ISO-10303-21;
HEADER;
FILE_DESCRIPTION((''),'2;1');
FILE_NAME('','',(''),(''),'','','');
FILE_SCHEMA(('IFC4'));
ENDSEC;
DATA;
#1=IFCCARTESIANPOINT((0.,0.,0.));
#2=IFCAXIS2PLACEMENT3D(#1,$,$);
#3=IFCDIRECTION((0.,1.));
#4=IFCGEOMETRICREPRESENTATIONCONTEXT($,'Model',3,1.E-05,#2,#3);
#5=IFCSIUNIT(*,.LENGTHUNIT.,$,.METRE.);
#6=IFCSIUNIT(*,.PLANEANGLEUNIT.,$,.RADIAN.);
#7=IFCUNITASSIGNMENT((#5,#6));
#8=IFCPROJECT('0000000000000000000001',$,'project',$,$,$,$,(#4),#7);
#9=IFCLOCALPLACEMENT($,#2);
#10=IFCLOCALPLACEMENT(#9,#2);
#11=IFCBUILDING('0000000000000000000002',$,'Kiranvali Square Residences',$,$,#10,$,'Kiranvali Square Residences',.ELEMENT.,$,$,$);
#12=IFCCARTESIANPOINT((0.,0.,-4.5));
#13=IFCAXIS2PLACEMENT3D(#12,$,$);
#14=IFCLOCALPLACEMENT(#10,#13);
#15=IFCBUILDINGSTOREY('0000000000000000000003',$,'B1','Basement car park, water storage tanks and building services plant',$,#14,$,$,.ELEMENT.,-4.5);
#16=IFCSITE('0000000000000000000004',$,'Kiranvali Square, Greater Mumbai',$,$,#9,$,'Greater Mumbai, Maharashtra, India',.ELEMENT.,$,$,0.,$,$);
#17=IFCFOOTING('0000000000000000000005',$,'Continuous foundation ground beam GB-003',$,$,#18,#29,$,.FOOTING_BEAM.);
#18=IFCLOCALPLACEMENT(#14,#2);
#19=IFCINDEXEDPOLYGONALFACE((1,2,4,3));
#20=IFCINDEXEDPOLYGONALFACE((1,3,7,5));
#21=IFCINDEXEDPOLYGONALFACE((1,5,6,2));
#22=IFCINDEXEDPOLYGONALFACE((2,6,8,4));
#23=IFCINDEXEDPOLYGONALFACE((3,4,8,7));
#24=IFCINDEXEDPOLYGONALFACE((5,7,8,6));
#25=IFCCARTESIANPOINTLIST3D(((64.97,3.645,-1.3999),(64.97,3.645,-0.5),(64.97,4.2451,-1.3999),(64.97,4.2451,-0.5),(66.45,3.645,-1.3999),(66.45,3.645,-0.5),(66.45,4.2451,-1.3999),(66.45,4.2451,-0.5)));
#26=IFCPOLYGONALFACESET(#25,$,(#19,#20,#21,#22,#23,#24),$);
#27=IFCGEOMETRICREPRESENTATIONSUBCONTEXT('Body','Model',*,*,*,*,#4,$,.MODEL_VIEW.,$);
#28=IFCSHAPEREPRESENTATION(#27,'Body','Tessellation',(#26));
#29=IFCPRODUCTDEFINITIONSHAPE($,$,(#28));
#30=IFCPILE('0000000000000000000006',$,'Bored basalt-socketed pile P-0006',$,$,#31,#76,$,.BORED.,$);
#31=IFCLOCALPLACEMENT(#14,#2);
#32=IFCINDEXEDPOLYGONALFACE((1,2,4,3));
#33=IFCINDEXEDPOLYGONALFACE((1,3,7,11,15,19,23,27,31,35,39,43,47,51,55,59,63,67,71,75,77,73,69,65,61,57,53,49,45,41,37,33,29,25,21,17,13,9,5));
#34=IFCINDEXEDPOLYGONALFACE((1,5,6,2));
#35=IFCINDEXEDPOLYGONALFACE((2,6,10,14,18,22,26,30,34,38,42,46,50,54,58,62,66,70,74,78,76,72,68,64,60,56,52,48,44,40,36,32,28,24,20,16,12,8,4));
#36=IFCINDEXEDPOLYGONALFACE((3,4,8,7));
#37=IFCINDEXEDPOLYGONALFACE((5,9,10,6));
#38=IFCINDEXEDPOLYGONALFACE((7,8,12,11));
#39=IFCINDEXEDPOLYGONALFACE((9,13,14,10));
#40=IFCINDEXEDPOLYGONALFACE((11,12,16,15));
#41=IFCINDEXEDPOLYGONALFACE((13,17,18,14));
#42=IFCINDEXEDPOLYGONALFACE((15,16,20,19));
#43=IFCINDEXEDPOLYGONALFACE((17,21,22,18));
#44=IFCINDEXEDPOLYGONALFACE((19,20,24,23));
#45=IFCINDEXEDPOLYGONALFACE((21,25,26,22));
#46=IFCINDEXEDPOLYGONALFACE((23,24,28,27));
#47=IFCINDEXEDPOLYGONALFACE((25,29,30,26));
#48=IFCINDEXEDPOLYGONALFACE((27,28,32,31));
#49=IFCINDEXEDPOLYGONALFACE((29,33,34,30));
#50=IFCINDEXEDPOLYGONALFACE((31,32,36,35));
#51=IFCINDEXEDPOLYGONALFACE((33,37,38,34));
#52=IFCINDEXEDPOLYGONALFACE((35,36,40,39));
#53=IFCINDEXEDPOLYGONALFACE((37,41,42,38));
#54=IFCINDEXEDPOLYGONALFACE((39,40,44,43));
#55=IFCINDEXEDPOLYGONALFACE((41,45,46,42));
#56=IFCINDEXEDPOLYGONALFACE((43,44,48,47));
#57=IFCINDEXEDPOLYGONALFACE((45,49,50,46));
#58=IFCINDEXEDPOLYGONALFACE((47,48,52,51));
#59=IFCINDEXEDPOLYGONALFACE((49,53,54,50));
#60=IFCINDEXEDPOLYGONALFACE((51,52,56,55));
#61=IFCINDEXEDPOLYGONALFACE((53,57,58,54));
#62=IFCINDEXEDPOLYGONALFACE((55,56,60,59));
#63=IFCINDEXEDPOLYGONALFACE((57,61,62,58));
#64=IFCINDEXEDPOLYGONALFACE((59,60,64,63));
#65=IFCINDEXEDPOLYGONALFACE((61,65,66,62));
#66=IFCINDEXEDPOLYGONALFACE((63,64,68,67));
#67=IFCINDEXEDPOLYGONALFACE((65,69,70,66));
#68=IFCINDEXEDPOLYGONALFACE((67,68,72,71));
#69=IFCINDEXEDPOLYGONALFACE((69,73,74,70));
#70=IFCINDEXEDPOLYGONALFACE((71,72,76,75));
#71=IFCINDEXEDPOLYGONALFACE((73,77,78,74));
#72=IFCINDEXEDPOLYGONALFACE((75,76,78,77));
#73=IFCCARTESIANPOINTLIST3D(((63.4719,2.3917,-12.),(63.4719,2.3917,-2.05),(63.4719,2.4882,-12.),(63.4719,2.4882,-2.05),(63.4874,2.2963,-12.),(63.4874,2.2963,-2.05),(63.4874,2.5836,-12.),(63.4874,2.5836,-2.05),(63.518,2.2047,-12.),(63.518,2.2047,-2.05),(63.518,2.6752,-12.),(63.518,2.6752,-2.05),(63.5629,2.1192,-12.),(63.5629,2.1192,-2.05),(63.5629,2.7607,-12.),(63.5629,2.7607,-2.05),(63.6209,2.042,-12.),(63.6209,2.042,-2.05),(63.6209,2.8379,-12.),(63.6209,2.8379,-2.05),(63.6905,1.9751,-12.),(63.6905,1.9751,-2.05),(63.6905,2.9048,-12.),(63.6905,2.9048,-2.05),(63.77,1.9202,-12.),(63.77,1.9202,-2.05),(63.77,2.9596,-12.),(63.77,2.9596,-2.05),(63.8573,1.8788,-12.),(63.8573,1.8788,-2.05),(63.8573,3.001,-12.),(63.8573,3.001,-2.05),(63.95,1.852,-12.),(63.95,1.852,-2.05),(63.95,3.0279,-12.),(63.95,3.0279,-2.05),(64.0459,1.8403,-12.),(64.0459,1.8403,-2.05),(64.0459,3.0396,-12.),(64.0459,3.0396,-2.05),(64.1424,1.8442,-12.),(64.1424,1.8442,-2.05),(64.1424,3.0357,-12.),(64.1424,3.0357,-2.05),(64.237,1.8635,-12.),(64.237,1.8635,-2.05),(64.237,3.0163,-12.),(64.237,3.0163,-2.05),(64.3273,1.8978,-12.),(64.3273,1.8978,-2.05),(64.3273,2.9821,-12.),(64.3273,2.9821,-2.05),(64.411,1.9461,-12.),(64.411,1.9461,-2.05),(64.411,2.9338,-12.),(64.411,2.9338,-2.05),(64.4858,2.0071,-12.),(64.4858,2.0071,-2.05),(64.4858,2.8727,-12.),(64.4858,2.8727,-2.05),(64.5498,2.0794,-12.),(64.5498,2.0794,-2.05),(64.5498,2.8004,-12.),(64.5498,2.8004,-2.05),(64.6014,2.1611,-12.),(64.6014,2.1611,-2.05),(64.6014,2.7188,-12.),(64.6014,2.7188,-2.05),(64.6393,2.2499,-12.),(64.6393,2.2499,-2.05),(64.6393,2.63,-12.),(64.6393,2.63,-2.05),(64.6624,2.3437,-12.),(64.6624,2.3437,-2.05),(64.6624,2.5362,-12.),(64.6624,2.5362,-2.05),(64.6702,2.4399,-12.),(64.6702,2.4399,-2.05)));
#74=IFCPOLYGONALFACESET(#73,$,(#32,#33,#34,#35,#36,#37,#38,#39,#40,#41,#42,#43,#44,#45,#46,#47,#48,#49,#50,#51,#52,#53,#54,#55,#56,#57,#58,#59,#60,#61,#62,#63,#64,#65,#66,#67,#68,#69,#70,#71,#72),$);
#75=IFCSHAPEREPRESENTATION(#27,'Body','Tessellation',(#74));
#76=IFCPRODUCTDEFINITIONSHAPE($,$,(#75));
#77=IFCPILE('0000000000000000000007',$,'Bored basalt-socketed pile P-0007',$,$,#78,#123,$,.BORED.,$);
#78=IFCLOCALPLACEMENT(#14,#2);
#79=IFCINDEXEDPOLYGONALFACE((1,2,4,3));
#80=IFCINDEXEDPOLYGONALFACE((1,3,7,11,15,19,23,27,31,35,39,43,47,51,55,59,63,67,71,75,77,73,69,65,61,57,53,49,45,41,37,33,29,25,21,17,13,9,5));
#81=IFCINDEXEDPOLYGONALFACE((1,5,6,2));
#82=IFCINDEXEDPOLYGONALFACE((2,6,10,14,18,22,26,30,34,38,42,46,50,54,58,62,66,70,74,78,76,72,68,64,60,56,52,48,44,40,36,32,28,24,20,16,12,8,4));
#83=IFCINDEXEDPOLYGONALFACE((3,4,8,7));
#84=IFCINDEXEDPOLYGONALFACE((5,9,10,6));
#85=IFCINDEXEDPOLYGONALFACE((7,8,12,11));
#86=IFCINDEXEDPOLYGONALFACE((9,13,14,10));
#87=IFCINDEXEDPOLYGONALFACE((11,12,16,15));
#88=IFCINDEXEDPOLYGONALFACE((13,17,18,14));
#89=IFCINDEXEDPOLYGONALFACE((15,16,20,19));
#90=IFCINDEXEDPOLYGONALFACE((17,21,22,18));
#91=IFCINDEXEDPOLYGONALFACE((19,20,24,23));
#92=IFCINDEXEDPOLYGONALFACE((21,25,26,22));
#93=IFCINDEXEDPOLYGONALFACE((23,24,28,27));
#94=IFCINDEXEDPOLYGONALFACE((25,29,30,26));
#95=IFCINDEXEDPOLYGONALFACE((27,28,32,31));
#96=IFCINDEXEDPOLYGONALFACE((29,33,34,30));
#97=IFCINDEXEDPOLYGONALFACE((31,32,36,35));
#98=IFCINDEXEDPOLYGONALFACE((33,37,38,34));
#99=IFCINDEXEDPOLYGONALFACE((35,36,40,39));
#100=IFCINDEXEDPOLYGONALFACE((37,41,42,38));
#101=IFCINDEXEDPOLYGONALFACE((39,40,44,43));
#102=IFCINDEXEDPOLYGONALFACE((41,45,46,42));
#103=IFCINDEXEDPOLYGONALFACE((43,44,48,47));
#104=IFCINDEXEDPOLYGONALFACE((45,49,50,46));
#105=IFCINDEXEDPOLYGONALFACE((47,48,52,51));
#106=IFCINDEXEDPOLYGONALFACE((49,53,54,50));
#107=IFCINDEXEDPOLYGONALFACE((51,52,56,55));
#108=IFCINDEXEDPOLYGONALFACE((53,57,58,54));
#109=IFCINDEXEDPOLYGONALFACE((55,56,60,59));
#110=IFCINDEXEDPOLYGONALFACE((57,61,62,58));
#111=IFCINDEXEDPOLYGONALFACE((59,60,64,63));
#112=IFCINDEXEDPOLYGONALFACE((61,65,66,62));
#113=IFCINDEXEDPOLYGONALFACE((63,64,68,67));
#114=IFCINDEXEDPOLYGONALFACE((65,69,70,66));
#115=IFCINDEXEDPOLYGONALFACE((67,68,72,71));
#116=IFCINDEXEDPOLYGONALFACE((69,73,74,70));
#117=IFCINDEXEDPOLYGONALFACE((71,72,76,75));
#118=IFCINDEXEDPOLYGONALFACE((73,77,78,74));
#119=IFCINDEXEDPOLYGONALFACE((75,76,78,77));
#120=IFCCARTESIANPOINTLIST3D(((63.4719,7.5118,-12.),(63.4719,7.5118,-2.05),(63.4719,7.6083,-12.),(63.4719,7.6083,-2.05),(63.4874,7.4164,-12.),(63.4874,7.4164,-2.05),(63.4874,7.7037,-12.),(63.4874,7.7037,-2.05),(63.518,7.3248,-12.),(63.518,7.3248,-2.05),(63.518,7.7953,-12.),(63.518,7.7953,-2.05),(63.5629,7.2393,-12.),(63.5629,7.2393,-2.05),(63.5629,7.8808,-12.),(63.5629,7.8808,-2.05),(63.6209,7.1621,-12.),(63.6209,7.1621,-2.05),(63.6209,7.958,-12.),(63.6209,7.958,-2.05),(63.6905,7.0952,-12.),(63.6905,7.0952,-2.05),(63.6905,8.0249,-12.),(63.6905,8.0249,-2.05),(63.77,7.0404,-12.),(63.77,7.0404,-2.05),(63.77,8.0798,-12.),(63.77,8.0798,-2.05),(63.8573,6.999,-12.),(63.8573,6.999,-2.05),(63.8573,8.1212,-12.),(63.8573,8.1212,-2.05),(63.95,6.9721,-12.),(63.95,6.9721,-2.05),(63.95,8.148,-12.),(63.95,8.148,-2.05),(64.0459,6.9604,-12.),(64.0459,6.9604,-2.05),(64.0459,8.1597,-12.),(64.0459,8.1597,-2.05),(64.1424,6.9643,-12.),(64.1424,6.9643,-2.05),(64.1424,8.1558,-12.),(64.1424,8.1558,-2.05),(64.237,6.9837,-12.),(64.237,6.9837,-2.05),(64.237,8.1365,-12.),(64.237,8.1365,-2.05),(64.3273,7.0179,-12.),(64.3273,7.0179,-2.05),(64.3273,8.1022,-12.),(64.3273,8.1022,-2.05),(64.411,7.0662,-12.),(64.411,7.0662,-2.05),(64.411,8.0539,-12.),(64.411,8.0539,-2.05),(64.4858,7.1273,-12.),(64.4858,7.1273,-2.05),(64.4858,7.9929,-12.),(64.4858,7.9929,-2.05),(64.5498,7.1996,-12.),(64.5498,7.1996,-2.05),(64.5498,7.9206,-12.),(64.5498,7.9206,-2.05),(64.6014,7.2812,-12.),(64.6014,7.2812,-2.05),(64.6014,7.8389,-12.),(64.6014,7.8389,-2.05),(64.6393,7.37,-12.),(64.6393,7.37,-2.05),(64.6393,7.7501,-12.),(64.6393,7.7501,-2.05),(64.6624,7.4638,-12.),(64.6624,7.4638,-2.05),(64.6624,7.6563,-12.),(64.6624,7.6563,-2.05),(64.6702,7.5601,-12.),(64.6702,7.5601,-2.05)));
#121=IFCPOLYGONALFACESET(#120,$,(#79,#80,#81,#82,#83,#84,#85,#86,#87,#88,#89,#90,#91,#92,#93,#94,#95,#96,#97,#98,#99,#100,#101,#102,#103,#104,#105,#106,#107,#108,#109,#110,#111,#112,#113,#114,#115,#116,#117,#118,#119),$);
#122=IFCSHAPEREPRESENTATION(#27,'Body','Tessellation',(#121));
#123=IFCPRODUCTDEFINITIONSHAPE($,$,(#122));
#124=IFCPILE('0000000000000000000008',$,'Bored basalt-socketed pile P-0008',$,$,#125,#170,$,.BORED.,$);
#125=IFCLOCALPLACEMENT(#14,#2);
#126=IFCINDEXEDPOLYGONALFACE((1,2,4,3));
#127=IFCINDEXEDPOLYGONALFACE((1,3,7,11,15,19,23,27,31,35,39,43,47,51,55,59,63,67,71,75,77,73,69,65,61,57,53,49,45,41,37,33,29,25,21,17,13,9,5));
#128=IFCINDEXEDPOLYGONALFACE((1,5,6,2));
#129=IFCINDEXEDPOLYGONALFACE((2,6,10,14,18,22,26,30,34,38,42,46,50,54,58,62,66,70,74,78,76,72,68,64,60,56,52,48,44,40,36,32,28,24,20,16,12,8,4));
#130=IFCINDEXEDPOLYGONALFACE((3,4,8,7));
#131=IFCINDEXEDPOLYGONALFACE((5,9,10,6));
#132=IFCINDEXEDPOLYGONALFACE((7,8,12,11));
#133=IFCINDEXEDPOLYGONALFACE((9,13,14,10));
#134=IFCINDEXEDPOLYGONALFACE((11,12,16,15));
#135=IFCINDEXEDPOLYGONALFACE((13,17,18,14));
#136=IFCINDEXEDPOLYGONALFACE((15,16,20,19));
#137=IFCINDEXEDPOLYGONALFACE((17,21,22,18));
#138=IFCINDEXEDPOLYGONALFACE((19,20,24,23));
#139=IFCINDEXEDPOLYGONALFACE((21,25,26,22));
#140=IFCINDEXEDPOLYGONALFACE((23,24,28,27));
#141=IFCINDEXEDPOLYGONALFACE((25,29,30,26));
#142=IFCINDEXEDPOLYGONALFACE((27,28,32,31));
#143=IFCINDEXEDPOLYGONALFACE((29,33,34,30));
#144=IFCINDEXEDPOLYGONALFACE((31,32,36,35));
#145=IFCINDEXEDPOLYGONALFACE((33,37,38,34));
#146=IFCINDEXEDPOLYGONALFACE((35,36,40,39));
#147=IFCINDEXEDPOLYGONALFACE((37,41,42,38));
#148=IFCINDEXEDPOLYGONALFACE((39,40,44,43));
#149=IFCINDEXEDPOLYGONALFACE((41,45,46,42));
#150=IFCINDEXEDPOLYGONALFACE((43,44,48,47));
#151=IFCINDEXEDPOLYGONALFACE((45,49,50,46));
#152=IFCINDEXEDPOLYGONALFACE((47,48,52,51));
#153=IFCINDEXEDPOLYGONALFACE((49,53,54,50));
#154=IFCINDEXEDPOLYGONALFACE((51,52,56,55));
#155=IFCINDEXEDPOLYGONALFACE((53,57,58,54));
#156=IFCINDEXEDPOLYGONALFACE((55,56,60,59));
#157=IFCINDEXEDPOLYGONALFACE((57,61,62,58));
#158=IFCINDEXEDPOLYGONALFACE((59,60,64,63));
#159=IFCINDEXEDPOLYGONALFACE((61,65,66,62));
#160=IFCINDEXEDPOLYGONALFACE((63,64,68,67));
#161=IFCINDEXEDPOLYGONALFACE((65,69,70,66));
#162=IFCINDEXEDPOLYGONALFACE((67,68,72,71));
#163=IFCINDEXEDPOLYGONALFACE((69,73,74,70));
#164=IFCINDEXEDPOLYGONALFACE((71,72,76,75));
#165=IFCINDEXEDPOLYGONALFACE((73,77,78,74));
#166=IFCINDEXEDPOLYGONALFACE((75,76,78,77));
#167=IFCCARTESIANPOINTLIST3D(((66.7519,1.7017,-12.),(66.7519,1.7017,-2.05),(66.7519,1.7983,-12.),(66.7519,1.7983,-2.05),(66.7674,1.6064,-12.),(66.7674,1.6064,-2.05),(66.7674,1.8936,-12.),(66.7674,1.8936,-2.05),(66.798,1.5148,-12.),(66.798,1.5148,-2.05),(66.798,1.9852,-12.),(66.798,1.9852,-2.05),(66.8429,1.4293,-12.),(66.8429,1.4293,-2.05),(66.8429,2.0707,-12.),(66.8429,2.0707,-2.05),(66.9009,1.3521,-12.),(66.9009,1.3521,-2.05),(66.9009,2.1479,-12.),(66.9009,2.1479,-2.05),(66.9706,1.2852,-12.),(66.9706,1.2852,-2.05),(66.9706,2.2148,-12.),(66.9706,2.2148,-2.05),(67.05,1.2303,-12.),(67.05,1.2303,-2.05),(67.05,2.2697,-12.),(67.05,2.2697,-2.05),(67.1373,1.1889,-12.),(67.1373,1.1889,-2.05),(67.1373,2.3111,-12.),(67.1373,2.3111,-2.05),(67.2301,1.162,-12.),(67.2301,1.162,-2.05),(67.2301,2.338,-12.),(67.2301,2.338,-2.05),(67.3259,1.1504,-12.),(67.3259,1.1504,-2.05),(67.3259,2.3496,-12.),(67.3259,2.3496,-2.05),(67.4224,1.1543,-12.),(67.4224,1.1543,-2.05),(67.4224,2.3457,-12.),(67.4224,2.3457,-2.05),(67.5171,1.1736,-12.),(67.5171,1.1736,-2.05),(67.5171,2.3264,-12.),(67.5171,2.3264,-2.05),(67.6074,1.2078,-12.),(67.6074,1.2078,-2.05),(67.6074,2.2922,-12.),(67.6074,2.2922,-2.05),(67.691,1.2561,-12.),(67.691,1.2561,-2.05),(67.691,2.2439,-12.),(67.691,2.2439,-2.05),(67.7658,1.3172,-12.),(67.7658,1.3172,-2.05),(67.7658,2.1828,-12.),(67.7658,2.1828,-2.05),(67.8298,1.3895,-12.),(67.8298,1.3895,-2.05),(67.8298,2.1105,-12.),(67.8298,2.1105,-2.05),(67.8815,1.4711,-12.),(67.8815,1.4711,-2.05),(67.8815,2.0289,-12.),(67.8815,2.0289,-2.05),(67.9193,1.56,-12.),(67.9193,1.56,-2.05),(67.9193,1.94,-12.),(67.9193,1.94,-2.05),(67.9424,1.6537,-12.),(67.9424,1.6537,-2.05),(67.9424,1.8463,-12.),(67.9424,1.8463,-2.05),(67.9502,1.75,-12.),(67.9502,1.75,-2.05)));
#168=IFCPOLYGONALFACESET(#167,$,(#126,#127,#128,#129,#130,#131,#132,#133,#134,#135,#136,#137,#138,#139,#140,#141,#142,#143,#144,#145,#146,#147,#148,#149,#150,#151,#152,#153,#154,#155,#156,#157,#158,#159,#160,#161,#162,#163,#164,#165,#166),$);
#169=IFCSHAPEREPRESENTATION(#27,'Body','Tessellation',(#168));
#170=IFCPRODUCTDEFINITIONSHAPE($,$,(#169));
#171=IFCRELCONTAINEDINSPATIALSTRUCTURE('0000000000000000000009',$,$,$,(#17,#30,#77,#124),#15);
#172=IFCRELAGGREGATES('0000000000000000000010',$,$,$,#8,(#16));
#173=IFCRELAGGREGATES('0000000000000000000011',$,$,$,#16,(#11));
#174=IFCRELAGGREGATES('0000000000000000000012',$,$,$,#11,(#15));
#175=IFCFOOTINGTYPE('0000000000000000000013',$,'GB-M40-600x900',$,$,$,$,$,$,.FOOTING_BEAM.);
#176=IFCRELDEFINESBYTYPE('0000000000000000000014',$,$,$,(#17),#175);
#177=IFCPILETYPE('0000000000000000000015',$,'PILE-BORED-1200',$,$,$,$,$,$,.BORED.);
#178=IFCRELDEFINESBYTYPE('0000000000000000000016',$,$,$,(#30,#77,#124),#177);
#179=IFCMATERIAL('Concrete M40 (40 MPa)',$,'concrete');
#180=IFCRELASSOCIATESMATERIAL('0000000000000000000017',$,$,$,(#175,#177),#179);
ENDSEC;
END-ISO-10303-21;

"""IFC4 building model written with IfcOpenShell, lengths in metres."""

from ifc_helpers import new_model, si_unit, direction, frame, origin, origin_2d, place, context, subcontext, project, spatial, rectangle, circle, extrude, material, material_profile, profile_set, type_object, element, save


model = new_model("IFC4")

# Units and contexts
model_context = context("Model", 3, precision=1e-05, world=origin(), true_north=direction((0.0, 1.0)))
body_context = subcontext(model_context, "Body", "Model", "MODEL_VIEW")
ifc_project = project(units=[si_unit("LENGTHUNIT", "METRE"), si_unit("PLANEANGLEUNIT", "RADIAN")], contexts=[model_context])

# Site, building, storey
site_placement = place(None, origin())
site = spatial("IfcSite", under=ifc_project, at=site_placement, Name="Kiranvali Square, Greater Mumbai", LongName="Greater Mumbai, Maharashtra, India", CompositionType="ELEMENT", RefElevation=0.0)
building_placement = place(site_placement, origin())
building = spatial("IfcBuilding", under=site, at=building_placement, Name="Kiranvali Square Residences", LongName="Kiranvali Square Residences", CompositionType="ELEMENT")
storey_placement = place(building_placement, frame((0.0, 0.0, -4.5)))
storey = spatial("IfcBuildingStorey", under=building, at=storey_placement, Name="B1", Description="Basement car park, water storage tanks and building services plant", CompositionType="ELEMENT", Elevation=-4.5)

# Footing
ifc_material_1 = material(Name="Concrete M40 (40 MPa)", Category="concrete")
ifc_material_profile_1 = material_profile(ifc_material_1, rectangle(XDim=0.6001, YDim=0.8999, at=origin_2d()), Name="GB 600x900")
ifc_profile_set_1 = profile_set([ifc_material_profile_1], Name="Concrete M40 (40 MPa)")
footing_type = type_object("IfcFootingType", Name="GB-M40-600x900", PredefinedType="FOOTING_BEAM", material=ifc_profile_set_1)
footing_placement = place(storey_placement, frame((64.97, 3.9451, -0.95), z_axis=(1.0, 0.0, 0.0), x_axis=(0.0, 1.0, 0.0)))
element("IfcFooting", 1, at=footing_placement, inside=storey, type_object=footing_type, Name="Continuous foundation ground beam GB-003", PredefinedType="FOOTING_BEAM", context=body_context, shape_type="SweptSolid", body=[
    extrude(rectangle(XDim=0.6001, YDim=0.8999, at=origin_2d()), origin(), (0.0, 0.0, 1.0), 1.48),
])

# Piles
ifc_material_profile_2 = material_profile(ifc_material_1, circle(Radius=0.6001, at=origin_2d()), Name="BORED PILE 1200")
ifc_profile_set_2 = profile_set([ifc_material_profile_2], Name="Concrete M40 (40 MPa)")
pile_type = type_object("IfcPileType", Name="PILE-BORED-1200", PredefinedType="BORED", material=ifc_profile_set_2)
for number, where, z_axis, x_axis, name in (
    (2, (64.0701, 2.4399, -2.05), (0.0, 0.0, -1.0), (1.0, 0.0, 0.0), "Bored basalt-socketed pile P-0006"),
    (3, (64.0701, 7.5601, -2.05), (0.0, 0.0, -1.0), (1.0, 0.0, 0.0), "Bored basalt-socketed pile P-0007"),
    (4, (67.3501, 1.75, -2.05), (0.0, 0.0, -1.0), (1.0, 0.0, 0.0), "Bored basalt-socketed pile P-0008"),
):
    element("IfcPile", number, at=place(storey_placement, frame(where, z_axis=z_axis, x_axis=x_axis)), inside=storey, type_object=pile_type, Name=name, PredefinedType="BORED", context=body_context, shape_type="SweptSolid", body=[
        extrude(circle(Radius=0.6001, at=origin_2d()), origin(), (0.0, 0.0, 1.0), 9.95),
    ])

save(model, "model.ifc")
